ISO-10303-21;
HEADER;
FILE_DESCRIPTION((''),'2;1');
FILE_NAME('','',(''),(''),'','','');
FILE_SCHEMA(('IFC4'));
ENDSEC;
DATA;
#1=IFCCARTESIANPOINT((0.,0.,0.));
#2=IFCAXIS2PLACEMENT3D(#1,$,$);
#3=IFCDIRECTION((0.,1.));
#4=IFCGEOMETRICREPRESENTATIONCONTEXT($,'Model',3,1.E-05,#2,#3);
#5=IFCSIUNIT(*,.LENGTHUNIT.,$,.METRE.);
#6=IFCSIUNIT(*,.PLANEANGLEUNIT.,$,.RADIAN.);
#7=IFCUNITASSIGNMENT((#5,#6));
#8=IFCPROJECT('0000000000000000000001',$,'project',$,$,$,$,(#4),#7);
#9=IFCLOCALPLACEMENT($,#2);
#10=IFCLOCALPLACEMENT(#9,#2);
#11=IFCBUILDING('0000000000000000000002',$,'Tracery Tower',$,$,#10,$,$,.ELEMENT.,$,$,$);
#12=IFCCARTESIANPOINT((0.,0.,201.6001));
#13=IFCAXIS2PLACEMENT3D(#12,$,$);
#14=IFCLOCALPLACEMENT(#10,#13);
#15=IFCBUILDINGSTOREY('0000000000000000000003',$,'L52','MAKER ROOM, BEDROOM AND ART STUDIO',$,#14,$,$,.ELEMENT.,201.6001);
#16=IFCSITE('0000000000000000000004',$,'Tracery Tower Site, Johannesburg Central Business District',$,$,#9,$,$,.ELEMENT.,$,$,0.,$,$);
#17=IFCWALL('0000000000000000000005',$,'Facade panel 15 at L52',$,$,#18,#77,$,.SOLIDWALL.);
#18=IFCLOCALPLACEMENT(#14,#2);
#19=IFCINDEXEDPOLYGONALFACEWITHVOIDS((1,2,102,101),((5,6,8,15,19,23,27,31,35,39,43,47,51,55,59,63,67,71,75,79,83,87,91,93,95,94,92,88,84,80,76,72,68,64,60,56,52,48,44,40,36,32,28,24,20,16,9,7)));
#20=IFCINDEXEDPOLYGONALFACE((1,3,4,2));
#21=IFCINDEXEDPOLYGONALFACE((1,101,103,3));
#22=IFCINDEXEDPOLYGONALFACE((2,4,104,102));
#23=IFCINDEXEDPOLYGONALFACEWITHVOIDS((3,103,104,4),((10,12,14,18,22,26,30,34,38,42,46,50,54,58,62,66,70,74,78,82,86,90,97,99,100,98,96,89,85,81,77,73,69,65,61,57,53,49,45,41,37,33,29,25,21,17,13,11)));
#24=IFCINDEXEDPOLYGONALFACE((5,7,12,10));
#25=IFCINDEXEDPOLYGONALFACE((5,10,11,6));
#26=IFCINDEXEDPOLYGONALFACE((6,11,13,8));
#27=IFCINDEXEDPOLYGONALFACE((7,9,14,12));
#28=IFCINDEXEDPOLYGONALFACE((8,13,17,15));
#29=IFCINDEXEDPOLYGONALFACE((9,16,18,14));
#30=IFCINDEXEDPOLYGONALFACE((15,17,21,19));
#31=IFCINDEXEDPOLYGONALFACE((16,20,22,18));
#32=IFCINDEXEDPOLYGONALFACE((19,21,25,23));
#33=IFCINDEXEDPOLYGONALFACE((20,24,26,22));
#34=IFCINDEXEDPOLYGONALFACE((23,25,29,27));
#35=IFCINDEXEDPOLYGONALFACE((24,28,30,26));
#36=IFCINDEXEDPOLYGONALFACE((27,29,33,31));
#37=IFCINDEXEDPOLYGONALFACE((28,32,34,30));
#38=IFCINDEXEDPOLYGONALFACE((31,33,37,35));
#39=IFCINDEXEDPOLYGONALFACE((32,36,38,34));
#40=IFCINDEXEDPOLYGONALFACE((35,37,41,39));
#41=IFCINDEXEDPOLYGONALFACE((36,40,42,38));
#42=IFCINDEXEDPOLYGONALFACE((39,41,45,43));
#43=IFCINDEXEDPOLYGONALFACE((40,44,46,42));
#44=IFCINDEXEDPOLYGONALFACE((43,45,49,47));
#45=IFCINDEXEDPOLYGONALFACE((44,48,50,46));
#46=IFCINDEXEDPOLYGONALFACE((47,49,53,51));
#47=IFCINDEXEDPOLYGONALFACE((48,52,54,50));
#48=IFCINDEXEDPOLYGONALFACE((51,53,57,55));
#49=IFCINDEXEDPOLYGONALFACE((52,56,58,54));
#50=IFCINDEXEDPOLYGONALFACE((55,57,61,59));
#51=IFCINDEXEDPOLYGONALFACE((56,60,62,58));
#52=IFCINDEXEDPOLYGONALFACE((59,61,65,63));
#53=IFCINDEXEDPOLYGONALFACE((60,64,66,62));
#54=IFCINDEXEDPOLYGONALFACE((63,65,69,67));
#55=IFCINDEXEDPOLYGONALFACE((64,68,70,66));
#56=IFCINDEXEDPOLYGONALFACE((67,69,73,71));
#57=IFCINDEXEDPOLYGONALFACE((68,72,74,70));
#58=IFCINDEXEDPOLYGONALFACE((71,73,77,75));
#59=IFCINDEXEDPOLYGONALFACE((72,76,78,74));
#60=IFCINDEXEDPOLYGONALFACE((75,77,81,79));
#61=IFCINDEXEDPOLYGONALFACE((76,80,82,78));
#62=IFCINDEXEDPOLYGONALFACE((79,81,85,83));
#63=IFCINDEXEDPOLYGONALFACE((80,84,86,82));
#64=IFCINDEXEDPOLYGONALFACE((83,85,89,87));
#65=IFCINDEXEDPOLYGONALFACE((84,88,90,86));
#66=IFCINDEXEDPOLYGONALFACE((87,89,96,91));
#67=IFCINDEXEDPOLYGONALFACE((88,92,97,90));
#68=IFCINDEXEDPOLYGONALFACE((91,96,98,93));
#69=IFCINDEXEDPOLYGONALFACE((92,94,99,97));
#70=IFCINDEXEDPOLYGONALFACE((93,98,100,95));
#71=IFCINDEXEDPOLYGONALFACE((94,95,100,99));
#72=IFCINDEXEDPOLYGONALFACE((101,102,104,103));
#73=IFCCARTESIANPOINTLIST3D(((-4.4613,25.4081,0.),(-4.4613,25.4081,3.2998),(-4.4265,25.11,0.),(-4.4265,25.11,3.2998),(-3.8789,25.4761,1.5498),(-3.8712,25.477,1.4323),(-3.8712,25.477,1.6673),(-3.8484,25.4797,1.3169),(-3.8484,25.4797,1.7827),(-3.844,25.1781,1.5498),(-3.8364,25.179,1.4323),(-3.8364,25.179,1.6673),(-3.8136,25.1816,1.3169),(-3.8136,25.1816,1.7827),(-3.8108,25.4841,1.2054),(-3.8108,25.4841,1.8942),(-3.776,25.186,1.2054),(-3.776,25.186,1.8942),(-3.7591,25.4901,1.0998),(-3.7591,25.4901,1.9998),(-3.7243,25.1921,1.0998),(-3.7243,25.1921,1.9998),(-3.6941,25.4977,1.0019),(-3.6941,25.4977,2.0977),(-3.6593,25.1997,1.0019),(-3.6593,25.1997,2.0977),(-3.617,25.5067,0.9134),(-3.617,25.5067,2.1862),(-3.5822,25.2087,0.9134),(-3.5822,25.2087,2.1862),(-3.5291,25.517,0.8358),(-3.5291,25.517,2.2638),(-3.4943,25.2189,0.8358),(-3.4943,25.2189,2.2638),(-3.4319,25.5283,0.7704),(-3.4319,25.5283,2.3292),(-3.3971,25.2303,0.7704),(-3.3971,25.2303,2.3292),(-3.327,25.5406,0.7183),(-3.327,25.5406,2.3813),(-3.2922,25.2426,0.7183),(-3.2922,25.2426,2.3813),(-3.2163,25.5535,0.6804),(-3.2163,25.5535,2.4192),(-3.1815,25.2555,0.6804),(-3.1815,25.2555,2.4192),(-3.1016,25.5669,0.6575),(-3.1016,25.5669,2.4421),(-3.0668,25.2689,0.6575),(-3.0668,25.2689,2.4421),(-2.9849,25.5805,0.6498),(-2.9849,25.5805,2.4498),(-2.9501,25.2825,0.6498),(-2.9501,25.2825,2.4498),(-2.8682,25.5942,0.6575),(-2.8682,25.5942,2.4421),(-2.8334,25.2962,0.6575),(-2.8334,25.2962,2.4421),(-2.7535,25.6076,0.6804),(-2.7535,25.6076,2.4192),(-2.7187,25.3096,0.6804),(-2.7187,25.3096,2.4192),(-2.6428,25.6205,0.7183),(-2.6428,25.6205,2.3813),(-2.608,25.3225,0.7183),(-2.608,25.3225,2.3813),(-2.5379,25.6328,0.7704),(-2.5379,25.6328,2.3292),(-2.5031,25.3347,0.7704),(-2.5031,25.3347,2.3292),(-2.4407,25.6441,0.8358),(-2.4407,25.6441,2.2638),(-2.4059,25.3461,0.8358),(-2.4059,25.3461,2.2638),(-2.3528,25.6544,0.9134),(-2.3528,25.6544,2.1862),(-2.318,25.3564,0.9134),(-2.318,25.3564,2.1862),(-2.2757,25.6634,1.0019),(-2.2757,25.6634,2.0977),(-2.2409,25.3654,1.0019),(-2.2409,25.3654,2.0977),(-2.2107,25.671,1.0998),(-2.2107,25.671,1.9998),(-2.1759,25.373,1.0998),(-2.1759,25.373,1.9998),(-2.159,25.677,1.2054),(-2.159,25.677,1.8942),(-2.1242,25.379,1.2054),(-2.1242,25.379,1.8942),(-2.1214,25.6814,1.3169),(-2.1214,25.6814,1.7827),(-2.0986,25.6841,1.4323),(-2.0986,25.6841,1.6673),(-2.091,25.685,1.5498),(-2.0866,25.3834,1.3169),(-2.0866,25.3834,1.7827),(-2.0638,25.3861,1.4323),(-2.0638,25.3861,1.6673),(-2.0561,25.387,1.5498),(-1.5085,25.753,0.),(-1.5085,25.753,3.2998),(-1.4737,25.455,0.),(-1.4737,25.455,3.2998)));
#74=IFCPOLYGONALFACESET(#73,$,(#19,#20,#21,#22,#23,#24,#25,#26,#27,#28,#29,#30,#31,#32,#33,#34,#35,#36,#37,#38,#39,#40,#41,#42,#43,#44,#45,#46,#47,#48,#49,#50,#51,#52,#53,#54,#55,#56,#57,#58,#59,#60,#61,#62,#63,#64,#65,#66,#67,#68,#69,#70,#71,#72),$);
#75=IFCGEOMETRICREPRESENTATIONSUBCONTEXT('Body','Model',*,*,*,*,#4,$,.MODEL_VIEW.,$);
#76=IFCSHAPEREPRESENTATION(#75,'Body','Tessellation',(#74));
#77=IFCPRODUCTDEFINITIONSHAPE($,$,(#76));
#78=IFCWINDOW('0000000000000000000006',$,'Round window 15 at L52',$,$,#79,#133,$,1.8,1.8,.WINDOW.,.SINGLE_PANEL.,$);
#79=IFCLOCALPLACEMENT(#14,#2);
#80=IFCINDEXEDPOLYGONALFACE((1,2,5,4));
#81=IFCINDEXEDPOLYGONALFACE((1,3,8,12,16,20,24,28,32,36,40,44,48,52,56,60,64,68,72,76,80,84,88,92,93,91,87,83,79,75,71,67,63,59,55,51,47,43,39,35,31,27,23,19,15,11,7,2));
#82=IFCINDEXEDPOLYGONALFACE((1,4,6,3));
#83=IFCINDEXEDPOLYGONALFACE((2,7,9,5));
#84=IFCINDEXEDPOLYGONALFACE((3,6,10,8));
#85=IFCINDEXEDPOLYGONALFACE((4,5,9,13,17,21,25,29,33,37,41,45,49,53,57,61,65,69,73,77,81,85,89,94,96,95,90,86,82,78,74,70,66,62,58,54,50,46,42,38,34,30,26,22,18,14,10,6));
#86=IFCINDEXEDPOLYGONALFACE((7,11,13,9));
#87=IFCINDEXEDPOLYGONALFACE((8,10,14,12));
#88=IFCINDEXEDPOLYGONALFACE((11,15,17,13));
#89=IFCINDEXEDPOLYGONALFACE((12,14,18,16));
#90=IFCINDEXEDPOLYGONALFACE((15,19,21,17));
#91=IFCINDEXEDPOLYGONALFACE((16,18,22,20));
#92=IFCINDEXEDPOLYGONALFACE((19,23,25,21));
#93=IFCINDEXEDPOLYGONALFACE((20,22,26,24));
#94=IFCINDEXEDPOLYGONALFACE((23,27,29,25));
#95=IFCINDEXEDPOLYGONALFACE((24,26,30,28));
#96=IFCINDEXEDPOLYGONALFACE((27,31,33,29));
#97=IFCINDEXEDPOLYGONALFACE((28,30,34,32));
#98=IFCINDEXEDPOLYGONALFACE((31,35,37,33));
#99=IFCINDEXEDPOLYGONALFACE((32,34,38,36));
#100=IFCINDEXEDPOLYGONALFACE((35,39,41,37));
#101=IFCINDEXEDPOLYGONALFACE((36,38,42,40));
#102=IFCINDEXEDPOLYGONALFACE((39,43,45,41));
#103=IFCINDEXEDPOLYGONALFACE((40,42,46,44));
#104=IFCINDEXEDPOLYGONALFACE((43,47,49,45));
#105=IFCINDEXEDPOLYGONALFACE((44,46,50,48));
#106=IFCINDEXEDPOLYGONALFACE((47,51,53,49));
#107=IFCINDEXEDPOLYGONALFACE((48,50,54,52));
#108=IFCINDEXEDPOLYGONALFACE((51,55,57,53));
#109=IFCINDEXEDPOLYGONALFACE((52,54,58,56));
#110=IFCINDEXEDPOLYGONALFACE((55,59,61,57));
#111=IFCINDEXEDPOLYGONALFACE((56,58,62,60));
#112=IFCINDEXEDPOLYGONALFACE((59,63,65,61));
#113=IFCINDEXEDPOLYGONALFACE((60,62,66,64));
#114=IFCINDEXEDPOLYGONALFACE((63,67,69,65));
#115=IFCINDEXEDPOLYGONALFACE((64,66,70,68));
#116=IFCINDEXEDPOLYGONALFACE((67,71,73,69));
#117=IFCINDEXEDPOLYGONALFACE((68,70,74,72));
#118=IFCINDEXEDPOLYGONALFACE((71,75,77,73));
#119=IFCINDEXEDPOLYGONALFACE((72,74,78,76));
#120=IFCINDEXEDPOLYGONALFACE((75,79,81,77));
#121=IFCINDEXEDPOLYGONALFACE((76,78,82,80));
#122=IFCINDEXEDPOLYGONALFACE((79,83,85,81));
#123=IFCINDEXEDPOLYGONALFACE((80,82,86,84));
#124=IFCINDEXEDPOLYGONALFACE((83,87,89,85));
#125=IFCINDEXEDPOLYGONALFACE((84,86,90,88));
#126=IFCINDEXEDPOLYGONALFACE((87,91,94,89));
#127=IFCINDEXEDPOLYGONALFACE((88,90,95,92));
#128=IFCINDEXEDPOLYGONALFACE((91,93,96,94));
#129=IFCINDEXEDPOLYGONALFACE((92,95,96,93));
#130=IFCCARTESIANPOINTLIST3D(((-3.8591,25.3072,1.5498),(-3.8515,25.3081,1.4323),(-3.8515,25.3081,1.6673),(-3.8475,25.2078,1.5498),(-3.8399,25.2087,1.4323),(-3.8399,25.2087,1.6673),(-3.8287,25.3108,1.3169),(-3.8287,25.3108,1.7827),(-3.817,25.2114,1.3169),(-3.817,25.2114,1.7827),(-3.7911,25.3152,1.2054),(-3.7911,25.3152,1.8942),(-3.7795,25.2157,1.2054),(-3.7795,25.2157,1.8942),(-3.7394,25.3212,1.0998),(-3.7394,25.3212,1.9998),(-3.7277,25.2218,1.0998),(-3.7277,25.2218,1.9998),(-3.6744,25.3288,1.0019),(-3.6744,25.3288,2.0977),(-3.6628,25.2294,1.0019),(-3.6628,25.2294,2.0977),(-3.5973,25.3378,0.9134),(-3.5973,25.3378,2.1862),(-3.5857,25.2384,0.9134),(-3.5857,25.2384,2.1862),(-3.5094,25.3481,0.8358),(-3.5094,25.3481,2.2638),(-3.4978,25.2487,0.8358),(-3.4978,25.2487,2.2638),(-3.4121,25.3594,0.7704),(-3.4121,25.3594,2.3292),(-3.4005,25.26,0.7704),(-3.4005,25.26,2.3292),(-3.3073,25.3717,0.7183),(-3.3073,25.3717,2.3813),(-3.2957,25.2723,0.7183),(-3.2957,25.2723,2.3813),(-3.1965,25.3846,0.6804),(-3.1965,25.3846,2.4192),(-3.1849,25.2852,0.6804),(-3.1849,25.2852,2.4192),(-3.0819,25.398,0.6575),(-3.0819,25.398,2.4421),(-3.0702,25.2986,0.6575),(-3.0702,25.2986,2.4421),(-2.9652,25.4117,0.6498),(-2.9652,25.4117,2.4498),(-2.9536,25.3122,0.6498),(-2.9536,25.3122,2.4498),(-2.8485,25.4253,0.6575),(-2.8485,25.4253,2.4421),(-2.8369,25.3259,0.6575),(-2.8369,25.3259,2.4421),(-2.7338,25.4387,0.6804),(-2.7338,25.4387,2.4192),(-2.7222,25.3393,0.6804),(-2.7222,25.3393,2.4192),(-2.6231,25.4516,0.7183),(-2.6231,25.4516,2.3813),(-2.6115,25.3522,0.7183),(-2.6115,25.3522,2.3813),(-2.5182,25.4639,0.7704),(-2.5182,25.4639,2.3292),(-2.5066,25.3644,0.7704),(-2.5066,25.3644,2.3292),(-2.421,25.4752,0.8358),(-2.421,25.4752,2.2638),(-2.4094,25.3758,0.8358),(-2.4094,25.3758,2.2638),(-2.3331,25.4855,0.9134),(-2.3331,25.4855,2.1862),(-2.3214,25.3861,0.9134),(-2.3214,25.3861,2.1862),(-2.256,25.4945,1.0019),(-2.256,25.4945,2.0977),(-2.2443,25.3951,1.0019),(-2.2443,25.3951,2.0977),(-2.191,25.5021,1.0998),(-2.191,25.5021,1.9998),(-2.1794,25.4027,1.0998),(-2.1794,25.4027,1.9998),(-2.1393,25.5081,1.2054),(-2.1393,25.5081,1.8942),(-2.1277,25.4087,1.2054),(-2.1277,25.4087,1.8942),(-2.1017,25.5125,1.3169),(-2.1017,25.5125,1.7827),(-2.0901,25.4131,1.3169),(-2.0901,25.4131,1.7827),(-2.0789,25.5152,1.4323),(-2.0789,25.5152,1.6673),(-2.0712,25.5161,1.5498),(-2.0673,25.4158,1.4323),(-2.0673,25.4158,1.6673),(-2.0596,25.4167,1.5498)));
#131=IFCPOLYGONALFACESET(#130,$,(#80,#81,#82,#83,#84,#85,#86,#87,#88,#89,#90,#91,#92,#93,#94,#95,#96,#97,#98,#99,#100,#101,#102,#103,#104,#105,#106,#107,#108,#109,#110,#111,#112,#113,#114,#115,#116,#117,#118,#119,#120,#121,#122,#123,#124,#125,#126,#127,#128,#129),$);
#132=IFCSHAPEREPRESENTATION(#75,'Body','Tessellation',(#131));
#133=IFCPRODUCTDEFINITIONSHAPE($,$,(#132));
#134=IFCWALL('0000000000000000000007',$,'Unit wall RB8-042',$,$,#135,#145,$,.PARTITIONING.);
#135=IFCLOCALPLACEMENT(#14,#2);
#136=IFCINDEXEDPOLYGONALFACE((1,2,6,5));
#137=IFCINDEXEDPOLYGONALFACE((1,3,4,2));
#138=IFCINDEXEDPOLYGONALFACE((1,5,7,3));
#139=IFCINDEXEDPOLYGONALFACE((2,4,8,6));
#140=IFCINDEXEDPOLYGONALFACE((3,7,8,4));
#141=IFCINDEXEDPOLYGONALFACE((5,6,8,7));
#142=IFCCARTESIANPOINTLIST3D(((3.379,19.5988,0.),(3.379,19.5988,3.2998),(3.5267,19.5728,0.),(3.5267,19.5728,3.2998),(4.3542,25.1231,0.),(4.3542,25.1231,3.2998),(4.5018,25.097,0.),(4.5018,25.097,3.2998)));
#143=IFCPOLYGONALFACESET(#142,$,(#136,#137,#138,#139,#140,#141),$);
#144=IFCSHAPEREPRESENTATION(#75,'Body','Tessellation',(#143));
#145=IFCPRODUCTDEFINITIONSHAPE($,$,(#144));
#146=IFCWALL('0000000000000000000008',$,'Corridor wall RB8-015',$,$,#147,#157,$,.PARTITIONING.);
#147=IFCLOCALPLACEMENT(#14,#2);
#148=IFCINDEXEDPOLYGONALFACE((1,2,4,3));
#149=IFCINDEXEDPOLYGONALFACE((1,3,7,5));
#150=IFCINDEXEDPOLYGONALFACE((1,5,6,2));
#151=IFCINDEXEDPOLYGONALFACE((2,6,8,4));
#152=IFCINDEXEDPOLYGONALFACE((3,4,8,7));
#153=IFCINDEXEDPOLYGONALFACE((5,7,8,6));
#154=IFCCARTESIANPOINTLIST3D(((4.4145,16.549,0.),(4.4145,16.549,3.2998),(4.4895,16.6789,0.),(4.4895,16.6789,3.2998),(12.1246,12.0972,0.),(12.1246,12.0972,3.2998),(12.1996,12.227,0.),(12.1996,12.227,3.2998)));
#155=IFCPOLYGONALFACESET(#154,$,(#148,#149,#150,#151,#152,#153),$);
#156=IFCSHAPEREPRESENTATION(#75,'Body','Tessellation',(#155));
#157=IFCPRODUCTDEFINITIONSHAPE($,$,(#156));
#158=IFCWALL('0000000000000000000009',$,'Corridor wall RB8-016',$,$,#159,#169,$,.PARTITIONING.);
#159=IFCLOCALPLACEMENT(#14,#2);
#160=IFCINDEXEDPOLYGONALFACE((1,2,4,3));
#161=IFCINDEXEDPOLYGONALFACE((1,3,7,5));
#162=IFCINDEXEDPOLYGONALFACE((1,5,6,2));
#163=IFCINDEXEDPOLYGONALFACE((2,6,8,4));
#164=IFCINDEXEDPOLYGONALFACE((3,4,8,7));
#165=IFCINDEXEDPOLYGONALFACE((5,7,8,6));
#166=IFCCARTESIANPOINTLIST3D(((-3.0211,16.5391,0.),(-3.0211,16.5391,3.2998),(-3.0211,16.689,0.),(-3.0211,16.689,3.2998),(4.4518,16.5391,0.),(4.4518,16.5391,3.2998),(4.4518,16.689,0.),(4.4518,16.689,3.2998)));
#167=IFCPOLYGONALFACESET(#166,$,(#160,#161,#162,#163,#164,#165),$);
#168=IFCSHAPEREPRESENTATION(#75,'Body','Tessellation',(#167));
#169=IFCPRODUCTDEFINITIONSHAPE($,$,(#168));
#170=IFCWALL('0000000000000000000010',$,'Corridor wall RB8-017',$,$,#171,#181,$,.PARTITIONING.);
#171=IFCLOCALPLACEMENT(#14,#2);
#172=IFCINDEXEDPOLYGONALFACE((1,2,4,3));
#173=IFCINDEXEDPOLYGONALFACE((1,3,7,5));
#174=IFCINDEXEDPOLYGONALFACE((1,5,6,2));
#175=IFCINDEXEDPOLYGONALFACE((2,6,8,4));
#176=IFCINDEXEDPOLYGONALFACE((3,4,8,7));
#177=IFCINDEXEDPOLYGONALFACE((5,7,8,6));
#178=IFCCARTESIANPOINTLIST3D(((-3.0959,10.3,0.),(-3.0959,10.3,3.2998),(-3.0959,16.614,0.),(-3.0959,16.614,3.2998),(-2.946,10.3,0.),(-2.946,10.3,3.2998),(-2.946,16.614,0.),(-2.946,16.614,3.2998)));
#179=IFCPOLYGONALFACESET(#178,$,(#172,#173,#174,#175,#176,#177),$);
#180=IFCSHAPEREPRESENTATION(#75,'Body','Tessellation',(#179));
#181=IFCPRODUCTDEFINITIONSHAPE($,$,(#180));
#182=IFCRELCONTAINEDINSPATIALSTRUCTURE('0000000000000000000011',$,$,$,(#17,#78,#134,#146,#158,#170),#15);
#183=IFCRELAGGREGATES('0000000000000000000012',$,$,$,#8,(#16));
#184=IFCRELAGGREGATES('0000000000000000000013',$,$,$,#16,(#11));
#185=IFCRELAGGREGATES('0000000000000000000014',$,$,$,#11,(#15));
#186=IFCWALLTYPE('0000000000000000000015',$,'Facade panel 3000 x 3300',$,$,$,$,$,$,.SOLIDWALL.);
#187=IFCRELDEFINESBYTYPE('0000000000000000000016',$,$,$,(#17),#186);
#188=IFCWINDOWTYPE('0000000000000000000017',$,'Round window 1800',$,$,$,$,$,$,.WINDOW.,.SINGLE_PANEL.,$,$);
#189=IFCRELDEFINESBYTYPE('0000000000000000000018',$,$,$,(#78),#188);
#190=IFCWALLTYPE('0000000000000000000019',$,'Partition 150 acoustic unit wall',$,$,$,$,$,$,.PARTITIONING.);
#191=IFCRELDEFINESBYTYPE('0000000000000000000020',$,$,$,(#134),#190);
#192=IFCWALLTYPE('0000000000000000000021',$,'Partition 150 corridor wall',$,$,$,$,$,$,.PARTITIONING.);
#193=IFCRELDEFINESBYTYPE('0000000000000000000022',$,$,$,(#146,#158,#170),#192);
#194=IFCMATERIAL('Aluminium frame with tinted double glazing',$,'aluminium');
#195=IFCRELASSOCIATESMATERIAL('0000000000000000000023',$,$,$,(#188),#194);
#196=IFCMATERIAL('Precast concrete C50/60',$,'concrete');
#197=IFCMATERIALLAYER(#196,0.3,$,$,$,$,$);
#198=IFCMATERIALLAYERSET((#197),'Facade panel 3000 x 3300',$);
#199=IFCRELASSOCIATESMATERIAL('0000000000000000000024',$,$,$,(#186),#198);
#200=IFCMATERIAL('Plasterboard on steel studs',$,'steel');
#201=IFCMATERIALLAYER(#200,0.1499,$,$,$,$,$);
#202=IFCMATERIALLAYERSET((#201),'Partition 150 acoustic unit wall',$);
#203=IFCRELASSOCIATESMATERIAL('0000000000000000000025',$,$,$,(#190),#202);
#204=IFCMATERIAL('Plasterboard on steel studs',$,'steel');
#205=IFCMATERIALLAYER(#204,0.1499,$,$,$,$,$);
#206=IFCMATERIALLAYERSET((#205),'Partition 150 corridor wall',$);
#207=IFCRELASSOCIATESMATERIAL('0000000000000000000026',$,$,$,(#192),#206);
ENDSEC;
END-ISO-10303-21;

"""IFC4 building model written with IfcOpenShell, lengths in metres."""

from ifc_helpers import new_model, si_unit, direction, frame, frame_2d, origin, origin_2d, place, context, subcontext, project, spatial, rectangle, circle, extrude, material, layer, layer_set, type_object, element, fill, save


model = new_model("IFC4")

# Units and contexts
model_context = context("Model", 3, precision=1e-05, world=origin(), true_north=direction((0.0, 1.0)))
body_context = subcontext(model_context, "Body", "Model", "MODEL_VIEW")
ifc_project = project(units=[si_unit("LENGTHUNIT", "METRE"), si_unit("PLANEANGLEUNIT", "RADIAN")], contexts=[model_context])

# Site, building, storey
site_placement = place(None, origin())
site = spatial("IfcSite", under=ifc_project, at=site_placement, Name="Tracery Tower Site, Johannesburg Central Business District", CompositionType="ELEMENT", RefElevation=0.0)
building_placement = place(site_placement, origin())
building = spatial("IfcBuilding", under=site, at=building_placement, Name="Tracery Tower", CompositionType="ELEMENT")
storey_placement = place(building_placement, frame((0.0, 0.0, 201.6001)))
storey = spatial("IfcBuildingStorey", under=building, at=storey_placement, Name="L52", Description="MAKER ROOM, BEDROOM AND ART STUDIO", CompositionType="ELEMENT", Elevation=201.6001)

# Wall, opening, window
ifc_material_1 = material(Name="Aluminium frame with tinted double glazing", Category="aluminium")
window_type = type_object("IfcWindowType", Name="Round window 1800", PartitioningType="SINGLE_PANEL", PredefinedType="WINDOW", material=ifc_material_1)
ifc_material_2 = material(Name="Precast concrete C50/60", Category="concrete")
ifc_layer_1 = layer(ifc_material_2, 0.3)
ifc_layer_set_1 = layer_set([ifc_layer_1], Name="Facade panel 3000 x 3300")
wall_type_1 = type_object("IfcWallType", Name="Facade panel 3000 x 3300", PredefinedType="SOLIDWALL", material=ifc_layer_set_1)
wall_1_placement = place(storey_placement, frame((-1.4912, 25.604, 0.0), z_axis=(0.0, 0.0, 1.0), x_axis=(-0.993245, -0.116036, 0.0)))
wall_1 = element("IfcWall", 1, at=wall_1_placement, inside=storey, type_object=wall_type_1, Name="Facade panel 15 at L52", PredefinedType="SOLIDWALL", context=body_context, shape_type="SweptSolid", body=[
    extrude(rectangle(XDim=2.9729, YDim=0.3, at=frame_2d((1.4863, 0.0))), origin(), (0.0, 0.0, 1.0), 3.2998),
])
opening_1_placement = place(wall_1_placement, frame((1.4863, 0.0, 1.5498)))
opening_1 = element("IfcOpeningElement", 2, at=opening_1_placement, cuts=wall_1, PredefinedType="OPENING", context=body_context, shape_type="SweptSolid", body=[
    extrude(circle(Radius=0.9, at=origin_2d()), frame((0.0, 0.1599, 0.0), z_axis=(0.0, -1.0, 0.0), x_axis=(1.0, 0.0, 0.0)), (0.0, 0.0, 1.0), 0.3201),
])
window_1_placement = place(opening_1_placement, origin())
window_1 = element("IfcWindow", 3, at=window_1_placement, inside=storey, type_object=window_type, Name="Round window 15 at L52", OverallHeight=1.8, OverallWidth=1.8, PartitioningType="SINGLE_PANEL", PredefinedType="WINDOW", context=body_context, shape_type="SweptSolid", body=[
    extrude(circle(Radius=0.9, at=origin_2d()), frame((0.0, 0.1201, 0.0), z_axis=(0.0, -1.0, 0.0), x_axis=(1.0, 0.0, 0.0)), (0.0, 0.0, 1.0), 0.1001),
])
fill(opening_1, window_1)

# Walls
ifc_material_3 = material(Name="Plasterboard on steel studs", Category="steel")
ifc_layer_2 = layer(ifc_material_3, 0.1499)
ifc_layer_set_2 = layer_set([ifc_layer_2], Name="Partition 150 acoustic unit wall")
wall_type_2 = type_object("IfcWallType", Name="Partition 150 acoustic unit wall", PredefinedType="PARTITIONING", material=ifc_layer_set_2)
wall_2_placement = place(storey_placement, frame((3.4529, 19.5859, 0.0), z_axis=(0.0, 0.0, 1.0), x_axis=(0.173828, 0.984776, 0.0)))
element("IfcWall", 4, at=wall_2_placement, inside=storey, type_object=wall_type_2, Name="Unit wall RB8-042", PredefinedType="PARTITIONING", context=body_context, shape_type="SweptSolid", body=[
    extrude(rectangle(XDim=5.6096, YDim=0.1499, at=frame_2d((2.8047, 0.0))), origin(), (0.0, 0.0, 1.0), 3.2998),
])
ifc_material_4 = material(Name="Plasterboard on steel studs", Category="steel")
ifc_layer_3 = layer(ifc_material_4, 0.1499)
ifc_layer_set_3 = layer_set([ifc_layer_3], Name="Partition 150 corridor wall")
wall_type_3 = type_object("IfcWallType", Name="Partition 150 corridor wall", PredefinedType="PARTITIONING", material=ifc_layer_set_3)
wall_3_placement = place(storey_placement, frame((4.4519, 16.614, 0.0), z_axis=(0.0, 0.0, 1.0), x_axis=(0.866005, -0.500035, 0.0)))
element("IfcWall", 5, at=wall_3_placement, inside=storey, type_object=wall_type_3, Name="Corridor wall RB8-015", PredefinedType="PARTITIONING", context=body_context, shape_type="SweptSolid", body=[
    extrude(rectangle(XDim=8.9031, YDim=0.1499, at=frame_2d((4.4517, 0.0))), origin(), (0.0, 0.0, 1.0), 3.2998),
])
wall_4_placement = place(storey_placement, frame((-3.021, 16.614, 0.0), z_axis=(0.0, 0.0, 1.0), x_axis=(1.0, 0.0, 0.0)))
element("IfcWall", 6, at=wall_4_placement, inside=storey, type_object=wall_type_3, Name="Corridor wall RB8-016", PredefinedType="PARTITIONING", context=body_context, shape_type="SweptSolid", body=[
    extrude(rectangle(XDim=7.4729, YDim=0.1499, at=frame_2d((3.7363, 0.0))), origin(), (0.0, 0.0, 1.0), 3.2998),
])
wall_5_placement = place(storey_placement, frame((-3.021, 10.3, 0.0), z_axis=(0.0, 0.0, 1.0), x_axis=(0.0, 1.0, 0.0)))
element("IfcWall", 7, at=wall_5_placement, inside=storey, type_object=wall_type_3, Name="Corridor wall RB8-017", PredefinedType="PARTITIONING", context=body_context, shape_type="SweptSolid", body=[
    extrude(rectangle(XDim=6.314, YDim=0.1499, at=frame_2d((3.157, 0.0))), origin(), (0.0, 0.0, 1.0), 3.2998),
])

save(model, "model.ifc")
